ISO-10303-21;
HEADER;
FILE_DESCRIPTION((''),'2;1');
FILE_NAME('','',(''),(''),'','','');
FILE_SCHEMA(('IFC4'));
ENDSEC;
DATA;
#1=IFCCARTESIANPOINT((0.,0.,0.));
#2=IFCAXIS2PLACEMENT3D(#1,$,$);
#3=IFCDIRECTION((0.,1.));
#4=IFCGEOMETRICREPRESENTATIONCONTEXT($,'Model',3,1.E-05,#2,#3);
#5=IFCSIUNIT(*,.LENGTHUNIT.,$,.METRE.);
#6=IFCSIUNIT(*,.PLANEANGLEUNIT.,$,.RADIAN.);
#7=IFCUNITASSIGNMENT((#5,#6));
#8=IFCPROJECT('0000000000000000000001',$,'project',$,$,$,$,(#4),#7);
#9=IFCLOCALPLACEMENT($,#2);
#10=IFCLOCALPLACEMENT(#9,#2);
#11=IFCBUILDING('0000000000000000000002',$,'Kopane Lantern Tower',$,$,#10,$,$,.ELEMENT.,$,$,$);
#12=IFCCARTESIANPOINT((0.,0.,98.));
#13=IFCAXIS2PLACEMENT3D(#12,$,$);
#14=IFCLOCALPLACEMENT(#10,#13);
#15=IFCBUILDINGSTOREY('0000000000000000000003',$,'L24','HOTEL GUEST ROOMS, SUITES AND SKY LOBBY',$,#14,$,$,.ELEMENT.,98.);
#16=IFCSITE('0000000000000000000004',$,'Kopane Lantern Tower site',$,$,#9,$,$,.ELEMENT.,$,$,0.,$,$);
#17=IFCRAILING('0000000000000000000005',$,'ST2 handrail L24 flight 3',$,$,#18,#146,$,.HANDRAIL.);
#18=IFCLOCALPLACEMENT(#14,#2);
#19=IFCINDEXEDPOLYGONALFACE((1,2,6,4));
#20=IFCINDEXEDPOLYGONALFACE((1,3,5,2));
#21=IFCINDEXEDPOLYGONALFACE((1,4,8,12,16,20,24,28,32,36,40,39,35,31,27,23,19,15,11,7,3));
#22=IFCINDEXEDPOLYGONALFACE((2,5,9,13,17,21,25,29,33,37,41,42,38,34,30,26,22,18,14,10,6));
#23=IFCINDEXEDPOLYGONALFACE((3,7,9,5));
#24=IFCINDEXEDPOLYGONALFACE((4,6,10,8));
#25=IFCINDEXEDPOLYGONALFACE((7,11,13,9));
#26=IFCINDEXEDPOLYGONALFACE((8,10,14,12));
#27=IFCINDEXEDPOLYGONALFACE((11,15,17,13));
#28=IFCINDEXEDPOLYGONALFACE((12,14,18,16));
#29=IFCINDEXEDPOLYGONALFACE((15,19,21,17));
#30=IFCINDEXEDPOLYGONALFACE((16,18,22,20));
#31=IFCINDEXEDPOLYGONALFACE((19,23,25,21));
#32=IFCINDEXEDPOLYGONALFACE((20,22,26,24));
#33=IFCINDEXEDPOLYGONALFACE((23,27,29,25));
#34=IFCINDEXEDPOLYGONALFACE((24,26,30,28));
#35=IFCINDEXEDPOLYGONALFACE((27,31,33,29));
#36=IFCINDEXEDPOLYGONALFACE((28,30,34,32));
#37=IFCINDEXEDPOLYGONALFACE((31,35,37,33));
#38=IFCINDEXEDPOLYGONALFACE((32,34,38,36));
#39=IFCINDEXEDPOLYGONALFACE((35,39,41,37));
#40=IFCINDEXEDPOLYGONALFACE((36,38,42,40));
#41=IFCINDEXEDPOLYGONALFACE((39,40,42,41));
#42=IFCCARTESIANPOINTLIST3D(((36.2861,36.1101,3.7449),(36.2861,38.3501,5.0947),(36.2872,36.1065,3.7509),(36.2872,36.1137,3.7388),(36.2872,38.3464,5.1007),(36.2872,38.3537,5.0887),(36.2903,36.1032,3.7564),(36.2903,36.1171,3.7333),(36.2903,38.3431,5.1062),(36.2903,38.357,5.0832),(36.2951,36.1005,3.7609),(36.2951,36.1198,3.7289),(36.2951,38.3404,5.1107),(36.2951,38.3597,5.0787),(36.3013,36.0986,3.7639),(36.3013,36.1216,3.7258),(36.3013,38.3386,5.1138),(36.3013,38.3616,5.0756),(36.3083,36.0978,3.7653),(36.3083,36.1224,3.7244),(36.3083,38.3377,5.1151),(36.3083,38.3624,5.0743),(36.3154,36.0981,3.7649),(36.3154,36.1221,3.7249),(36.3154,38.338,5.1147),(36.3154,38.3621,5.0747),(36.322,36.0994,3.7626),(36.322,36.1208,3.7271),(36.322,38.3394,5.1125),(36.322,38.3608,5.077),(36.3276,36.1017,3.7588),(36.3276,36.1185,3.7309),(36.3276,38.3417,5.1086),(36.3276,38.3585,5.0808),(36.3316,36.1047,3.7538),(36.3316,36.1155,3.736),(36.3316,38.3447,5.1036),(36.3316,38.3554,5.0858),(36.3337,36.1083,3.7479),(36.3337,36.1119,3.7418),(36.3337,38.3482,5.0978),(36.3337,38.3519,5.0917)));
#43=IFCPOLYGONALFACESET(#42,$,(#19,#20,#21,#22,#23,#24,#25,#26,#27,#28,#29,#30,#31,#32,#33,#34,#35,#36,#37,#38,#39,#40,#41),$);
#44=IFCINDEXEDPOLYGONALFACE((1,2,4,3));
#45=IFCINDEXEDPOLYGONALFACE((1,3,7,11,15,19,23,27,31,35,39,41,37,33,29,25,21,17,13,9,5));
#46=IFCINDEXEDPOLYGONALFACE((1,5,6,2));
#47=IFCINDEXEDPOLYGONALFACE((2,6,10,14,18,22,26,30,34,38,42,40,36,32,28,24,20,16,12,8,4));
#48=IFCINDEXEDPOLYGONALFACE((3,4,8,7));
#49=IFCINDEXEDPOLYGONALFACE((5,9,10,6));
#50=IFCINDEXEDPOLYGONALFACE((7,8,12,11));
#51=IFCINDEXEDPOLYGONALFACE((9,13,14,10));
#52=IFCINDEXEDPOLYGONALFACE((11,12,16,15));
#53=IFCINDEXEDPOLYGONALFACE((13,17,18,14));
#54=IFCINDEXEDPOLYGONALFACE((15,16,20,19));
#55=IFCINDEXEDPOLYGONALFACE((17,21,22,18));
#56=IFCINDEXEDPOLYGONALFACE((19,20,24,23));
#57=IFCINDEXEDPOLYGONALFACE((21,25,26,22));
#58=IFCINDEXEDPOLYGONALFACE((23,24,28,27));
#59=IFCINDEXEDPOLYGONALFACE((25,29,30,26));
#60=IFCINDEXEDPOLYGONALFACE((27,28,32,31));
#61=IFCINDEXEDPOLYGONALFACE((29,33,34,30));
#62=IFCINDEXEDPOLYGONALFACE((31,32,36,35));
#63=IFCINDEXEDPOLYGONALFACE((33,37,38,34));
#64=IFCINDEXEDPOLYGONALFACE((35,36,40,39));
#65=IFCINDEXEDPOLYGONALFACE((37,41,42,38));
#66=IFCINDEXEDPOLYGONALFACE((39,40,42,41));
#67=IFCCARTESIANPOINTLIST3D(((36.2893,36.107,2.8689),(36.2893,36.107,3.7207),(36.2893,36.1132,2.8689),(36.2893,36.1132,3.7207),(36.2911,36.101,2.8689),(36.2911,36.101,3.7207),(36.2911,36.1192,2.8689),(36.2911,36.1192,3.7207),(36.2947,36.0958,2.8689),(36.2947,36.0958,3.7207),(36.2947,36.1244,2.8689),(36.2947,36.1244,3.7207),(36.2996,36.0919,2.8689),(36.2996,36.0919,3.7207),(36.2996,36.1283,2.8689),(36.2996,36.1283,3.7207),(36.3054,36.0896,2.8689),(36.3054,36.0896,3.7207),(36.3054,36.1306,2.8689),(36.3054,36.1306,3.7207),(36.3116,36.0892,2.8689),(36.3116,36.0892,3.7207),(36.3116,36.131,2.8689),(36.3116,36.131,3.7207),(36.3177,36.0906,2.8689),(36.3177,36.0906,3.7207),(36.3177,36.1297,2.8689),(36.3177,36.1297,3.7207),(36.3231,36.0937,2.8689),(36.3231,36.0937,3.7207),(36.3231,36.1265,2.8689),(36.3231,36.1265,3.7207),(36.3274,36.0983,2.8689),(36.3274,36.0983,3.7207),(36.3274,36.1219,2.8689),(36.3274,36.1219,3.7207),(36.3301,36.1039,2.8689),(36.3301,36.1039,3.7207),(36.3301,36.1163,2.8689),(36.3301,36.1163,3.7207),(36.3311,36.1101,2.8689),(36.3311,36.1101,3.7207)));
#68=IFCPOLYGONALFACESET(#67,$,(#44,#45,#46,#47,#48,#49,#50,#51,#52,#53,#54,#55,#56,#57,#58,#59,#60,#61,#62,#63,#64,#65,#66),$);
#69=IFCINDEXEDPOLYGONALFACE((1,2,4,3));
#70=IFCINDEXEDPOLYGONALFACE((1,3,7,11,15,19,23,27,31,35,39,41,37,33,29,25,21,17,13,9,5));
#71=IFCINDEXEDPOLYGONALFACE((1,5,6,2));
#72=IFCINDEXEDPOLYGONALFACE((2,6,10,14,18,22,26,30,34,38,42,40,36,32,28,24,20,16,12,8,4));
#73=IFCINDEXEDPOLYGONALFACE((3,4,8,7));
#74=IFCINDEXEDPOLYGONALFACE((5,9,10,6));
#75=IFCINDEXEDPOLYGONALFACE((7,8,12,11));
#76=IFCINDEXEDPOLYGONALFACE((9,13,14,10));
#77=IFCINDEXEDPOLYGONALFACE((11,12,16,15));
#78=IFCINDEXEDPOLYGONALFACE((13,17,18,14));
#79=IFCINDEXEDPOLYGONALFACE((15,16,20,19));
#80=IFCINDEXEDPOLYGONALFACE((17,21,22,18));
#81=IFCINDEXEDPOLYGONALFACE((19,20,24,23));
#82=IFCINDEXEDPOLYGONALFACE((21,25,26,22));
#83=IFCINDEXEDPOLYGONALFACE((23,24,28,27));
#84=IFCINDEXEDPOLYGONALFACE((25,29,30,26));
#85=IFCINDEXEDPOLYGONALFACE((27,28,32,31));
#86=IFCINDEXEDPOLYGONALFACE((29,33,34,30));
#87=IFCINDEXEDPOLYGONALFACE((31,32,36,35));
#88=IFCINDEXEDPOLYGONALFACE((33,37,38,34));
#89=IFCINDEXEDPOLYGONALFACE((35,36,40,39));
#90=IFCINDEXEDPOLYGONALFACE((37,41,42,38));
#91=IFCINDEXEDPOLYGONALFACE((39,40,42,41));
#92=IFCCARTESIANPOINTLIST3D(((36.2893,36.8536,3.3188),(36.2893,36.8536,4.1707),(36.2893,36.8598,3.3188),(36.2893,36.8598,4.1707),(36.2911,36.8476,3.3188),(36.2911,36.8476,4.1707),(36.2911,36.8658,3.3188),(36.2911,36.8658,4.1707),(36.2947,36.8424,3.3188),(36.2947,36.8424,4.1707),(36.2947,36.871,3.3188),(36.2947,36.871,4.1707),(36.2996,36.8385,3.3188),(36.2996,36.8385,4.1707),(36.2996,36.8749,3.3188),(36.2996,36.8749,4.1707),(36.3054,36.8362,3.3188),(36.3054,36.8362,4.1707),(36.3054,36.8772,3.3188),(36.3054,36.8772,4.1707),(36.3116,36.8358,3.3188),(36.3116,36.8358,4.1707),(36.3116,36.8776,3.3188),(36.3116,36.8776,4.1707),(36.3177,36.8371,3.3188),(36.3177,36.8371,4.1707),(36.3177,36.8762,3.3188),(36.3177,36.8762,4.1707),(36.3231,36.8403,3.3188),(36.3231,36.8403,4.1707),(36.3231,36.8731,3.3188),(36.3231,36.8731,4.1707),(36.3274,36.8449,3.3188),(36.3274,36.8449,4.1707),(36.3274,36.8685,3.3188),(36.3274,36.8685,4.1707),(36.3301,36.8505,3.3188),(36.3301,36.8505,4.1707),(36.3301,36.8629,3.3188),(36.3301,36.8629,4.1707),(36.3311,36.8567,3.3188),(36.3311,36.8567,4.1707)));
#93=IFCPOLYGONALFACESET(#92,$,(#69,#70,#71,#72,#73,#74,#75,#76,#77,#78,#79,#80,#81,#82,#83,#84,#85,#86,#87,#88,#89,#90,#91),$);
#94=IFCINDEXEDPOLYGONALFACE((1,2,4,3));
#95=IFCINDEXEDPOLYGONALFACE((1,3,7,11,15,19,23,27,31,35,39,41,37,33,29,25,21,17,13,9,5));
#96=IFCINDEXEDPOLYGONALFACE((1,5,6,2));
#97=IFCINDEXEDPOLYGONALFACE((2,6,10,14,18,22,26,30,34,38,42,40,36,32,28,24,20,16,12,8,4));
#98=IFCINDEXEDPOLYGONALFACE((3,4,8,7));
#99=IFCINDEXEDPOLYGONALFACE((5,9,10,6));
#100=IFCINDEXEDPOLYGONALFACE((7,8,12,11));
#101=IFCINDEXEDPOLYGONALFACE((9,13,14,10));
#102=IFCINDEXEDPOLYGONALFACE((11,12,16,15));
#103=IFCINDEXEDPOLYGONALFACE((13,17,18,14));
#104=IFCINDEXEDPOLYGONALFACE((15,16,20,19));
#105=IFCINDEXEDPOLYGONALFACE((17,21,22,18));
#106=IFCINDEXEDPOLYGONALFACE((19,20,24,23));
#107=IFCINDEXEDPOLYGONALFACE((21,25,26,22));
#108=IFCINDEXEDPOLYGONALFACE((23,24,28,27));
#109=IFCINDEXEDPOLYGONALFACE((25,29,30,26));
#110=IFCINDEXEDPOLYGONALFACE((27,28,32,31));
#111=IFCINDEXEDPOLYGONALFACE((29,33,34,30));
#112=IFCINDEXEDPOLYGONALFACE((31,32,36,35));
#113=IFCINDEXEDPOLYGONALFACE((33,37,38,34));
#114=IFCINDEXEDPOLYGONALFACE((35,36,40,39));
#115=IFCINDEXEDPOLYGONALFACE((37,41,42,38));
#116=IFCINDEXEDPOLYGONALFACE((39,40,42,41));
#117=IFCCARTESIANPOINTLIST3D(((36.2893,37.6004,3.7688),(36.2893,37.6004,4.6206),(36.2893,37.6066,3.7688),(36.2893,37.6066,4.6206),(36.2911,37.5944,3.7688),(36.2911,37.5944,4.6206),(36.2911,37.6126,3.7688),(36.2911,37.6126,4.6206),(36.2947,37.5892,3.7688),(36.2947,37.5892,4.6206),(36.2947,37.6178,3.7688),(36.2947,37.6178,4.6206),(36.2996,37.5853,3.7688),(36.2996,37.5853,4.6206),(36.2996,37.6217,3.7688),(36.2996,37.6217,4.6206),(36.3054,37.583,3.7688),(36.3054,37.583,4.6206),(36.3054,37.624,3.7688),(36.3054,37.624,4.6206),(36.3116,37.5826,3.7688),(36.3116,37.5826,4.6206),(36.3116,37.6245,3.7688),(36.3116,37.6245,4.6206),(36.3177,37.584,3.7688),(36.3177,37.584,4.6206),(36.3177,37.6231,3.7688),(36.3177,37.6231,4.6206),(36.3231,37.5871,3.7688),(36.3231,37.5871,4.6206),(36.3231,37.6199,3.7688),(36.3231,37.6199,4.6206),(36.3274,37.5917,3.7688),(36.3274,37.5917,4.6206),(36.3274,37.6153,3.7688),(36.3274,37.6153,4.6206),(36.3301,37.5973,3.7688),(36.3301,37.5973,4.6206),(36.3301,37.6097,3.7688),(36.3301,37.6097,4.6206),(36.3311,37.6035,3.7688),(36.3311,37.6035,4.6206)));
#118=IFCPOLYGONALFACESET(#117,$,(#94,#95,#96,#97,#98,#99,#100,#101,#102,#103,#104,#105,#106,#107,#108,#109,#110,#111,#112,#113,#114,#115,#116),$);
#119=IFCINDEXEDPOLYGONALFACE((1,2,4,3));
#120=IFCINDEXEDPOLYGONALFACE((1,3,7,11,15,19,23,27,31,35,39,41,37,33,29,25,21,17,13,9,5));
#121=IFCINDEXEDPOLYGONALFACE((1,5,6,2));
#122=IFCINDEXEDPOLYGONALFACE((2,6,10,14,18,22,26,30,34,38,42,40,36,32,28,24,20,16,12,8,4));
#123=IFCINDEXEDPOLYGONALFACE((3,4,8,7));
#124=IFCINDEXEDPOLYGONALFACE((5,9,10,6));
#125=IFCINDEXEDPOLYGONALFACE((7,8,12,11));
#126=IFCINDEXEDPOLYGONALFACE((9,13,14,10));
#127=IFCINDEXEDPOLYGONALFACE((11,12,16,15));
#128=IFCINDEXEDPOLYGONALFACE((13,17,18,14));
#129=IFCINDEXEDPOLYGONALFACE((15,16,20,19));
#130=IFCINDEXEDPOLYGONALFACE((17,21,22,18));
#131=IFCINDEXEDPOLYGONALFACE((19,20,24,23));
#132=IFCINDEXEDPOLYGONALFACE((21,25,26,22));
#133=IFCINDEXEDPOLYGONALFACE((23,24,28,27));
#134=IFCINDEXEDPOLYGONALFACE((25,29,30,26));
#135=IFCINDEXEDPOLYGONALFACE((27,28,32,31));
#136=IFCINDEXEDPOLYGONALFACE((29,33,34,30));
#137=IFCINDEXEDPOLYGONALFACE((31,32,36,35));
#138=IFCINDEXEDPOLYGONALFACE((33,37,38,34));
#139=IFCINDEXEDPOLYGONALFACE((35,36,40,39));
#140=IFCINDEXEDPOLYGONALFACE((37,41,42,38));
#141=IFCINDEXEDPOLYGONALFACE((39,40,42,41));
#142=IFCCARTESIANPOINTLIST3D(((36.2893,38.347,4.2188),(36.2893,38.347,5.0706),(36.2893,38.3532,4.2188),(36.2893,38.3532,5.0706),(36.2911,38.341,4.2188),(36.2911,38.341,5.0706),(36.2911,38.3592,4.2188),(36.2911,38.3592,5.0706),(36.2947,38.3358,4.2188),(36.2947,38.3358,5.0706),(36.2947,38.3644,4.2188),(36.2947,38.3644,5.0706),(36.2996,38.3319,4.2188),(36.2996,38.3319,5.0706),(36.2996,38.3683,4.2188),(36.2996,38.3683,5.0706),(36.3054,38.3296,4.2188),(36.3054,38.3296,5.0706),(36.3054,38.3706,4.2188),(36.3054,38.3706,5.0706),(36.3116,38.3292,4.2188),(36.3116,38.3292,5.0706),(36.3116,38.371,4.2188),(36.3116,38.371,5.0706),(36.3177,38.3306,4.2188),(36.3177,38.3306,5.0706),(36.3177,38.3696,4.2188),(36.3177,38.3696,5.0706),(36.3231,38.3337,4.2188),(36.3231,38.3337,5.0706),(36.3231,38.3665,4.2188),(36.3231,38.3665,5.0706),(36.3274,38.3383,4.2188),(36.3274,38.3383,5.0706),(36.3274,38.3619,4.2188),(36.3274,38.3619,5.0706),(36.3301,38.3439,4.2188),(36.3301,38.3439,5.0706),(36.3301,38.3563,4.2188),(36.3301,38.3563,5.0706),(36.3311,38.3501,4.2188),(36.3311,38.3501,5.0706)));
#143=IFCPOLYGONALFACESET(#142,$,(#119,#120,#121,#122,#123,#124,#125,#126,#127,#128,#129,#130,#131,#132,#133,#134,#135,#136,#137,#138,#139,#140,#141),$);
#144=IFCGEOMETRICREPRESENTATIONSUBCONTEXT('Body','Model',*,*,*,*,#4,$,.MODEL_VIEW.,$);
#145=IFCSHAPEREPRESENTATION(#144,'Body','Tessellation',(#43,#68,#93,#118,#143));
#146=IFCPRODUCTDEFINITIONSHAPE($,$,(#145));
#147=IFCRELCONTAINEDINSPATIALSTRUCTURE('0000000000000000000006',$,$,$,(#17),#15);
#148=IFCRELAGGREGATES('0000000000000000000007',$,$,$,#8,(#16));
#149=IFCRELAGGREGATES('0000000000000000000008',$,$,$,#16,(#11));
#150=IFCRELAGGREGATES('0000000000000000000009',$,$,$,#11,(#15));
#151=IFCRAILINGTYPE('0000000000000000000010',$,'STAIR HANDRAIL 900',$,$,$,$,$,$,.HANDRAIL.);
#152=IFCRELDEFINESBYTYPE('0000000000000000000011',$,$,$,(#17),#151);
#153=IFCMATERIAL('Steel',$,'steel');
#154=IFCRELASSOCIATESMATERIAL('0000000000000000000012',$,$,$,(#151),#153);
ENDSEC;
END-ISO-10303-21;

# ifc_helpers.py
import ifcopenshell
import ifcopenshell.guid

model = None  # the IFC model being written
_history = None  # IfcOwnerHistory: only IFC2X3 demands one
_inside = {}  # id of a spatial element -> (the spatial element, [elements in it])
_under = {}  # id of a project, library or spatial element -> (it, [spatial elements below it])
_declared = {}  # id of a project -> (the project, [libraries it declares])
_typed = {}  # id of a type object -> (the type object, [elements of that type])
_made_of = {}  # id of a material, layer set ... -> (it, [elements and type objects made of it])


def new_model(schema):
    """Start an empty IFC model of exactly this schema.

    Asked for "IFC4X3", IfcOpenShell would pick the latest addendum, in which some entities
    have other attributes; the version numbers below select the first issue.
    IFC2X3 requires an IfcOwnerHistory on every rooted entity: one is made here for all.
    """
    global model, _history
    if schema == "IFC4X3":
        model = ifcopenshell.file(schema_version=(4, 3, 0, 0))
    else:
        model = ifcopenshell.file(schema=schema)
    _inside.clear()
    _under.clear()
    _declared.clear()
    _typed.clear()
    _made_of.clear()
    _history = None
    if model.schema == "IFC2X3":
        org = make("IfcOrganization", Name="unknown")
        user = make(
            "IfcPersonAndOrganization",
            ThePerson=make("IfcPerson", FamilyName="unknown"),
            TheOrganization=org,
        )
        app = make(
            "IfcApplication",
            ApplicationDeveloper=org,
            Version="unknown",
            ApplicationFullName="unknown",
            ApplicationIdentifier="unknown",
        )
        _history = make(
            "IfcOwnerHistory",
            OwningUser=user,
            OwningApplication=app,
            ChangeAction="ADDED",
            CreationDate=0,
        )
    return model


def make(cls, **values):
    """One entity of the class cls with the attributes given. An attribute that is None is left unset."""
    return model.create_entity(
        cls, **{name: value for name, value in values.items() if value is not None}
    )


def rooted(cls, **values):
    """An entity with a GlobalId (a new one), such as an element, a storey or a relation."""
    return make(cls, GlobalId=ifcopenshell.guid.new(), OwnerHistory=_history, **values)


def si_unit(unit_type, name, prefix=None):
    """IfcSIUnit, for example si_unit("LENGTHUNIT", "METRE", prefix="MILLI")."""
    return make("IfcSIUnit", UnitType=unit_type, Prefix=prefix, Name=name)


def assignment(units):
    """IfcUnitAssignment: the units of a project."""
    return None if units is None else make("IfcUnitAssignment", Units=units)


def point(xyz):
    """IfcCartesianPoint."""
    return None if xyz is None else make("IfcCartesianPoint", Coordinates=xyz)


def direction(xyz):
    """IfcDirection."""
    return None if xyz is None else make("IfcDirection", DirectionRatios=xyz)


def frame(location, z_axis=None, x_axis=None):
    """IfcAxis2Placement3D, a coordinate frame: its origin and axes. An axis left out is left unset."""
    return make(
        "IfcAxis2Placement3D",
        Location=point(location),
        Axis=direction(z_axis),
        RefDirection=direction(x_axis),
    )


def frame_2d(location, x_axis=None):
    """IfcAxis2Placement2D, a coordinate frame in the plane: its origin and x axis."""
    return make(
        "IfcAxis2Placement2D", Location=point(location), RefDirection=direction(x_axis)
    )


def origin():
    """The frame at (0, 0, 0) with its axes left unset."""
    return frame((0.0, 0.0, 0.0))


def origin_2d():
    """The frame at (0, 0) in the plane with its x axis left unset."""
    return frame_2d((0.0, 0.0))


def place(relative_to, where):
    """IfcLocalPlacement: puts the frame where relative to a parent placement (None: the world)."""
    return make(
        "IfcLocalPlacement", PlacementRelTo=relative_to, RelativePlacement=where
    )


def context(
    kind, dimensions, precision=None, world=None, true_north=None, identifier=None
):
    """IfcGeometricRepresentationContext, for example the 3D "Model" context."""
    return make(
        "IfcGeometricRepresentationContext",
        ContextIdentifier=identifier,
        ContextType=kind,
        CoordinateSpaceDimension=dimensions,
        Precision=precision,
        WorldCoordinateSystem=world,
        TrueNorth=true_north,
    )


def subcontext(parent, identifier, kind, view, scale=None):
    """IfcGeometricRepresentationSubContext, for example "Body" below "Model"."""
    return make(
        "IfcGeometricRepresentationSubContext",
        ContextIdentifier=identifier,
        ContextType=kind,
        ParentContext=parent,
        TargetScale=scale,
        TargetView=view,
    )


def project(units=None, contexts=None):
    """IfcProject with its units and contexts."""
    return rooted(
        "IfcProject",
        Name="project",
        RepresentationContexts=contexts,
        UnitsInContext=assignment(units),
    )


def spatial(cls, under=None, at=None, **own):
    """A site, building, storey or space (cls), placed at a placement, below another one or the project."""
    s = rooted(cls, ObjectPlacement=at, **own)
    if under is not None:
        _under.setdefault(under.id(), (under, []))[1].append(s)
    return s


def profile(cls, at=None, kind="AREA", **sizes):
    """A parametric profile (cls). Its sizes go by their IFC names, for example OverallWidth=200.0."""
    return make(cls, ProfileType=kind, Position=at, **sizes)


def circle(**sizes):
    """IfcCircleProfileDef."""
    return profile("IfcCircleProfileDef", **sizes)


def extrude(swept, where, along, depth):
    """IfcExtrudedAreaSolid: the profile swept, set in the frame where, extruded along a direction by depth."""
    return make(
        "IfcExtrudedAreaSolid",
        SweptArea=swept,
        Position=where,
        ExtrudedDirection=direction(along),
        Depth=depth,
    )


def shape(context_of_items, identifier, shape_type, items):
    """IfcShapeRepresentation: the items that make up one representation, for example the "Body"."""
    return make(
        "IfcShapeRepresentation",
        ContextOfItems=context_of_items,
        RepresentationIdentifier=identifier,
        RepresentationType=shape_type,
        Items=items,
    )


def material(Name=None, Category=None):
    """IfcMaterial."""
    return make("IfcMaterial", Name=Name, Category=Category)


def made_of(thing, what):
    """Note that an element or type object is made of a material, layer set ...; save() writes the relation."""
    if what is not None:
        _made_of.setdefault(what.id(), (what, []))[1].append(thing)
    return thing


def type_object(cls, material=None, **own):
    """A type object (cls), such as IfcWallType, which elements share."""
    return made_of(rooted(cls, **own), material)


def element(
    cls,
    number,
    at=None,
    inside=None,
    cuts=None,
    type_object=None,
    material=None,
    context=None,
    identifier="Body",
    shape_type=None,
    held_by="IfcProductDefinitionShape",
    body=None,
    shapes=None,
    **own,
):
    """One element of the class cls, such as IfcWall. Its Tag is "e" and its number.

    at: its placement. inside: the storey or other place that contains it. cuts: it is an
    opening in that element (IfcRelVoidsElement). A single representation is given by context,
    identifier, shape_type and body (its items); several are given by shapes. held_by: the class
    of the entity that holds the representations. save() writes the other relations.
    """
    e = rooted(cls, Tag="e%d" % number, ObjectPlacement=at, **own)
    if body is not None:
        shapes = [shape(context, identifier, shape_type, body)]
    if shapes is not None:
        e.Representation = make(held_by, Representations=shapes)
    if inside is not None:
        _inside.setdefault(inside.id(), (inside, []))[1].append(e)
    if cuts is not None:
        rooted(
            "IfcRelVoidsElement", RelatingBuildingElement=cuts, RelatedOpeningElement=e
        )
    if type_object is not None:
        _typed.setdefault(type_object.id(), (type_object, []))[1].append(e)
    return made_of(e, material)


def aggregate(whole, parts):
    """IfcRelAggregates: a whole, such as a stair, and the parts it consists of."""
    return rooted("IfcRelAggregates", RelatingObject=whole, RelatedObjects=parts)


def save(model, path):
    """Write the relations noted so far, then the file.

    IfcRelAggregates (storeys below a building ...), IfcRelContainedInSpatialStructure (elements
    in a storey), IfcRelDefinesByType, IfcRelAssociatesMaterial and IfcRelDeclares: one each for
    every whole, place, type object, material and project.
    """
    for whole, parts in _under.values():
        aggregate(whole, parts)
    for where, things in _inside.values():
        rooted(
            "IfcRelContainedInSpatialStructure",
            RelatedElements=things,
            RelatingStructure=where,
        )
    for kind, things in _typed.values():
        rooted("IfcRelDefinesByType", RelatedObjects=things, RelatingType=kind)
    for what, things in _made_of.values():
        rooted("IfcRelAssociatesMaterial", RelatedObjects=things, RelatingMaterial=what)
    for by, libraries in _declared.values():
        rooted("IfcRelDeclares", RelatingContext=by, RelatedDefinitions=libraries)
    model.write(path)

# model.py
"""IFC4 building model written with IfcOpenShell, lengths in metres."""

from ifc_helpers import new_model, si_unit, direction, frame, origin, origin_2d, place, context, subcontext, project, spatial, circle, extrude, material, type_object, element, save


model = new_model("IFC4")

# Units and contexts
model_context = context("Model", 3, precision=1e-05, world=origin(), true_north=direction((0.0, 1.0)))
body_context = subcontext(model_context, "Body", "Model", "MODEL_VIEW")
ifc_project = project(units=[si_unit("LENGTHUNIT", "METRE"), si_unit("PLANEANGLEUNIT", "RADIAN")], contexts=[model_context])

# Site, building, storey
site_placement = place(None, origin())
site = spatial("IfcSite", under=ifc_project, at=site_placement, Name="Kopane Lantern Tower site", CompositionType="ELEMENT", RefElevation=0.0)
building_placement = place(site_placement, origin())
building = spatial("IfcBuilding", under=site, at=building_placement, Name="Kopane Lantern Tower", CompositionType="ELEMENT")
storey_placement = place(building_placement, frame((0.0, 0.0, 98.0)))
storey = spatial("IfcBuildingStorey", under=building, at=storey_placement, Name="L24", Description="HOTEL GUEST ROOMS, SUITES AND SKY LOBBY", CompositionType="ELEMENT", Elevation=98.0)

# Railing
ifc_material_1 = material(Name="Steel", Category="steel")
railing_type = type_object("IfcRailingType", Name="STAIR HANDRAIL 900", PredefinedType="HANDRAIL", material=ifc_material_1)
railing_1_placement = place(storey_placement, frame((36.3101, 36.1101, 2.8689)))
element("IfcRailing", 1, at=railing_1_placement, inside=storey, type_object=railing_type, Name="ST2 handrail L24 flight 3", PredefinedType="HANDRAIL", context=body_context, shape_type="SweptSolid", body=[
    extrude(circle(Radius=0.0239, at=origin_2d()), frame((0.0, 0.0, 0.876), z_axis=(0.0, 0.856503, 0.516142), x_axis=(-1.0, 0.0, 0.0)), (0.0, 0.0, 1.0), 2.6152),
    extrude(circle(Radius=0.021, at=origin_2d()), origin(), (0.0, 0.0, 1.0), 0.8518),
    extrude(circle(Radius=0.021, at=origin_2d()), frame((0.0, 0.7466, 0.45)), (0.0, 0.0, 1.0), 0.8518),
    extrude(circle(Radius=0.021, at=origin_2d()), frame((0.0, 1.4934, 0.8999)), (0.0, 0.0, 1.0), 0.8518),
    extrude(circle(Radius=0.021, at=origin_2d()), frame((0.0, 2.24, 1.3499)), (0.0, 0.0, 1.0), 0.8518),
])

save(model, "model.ifc")
